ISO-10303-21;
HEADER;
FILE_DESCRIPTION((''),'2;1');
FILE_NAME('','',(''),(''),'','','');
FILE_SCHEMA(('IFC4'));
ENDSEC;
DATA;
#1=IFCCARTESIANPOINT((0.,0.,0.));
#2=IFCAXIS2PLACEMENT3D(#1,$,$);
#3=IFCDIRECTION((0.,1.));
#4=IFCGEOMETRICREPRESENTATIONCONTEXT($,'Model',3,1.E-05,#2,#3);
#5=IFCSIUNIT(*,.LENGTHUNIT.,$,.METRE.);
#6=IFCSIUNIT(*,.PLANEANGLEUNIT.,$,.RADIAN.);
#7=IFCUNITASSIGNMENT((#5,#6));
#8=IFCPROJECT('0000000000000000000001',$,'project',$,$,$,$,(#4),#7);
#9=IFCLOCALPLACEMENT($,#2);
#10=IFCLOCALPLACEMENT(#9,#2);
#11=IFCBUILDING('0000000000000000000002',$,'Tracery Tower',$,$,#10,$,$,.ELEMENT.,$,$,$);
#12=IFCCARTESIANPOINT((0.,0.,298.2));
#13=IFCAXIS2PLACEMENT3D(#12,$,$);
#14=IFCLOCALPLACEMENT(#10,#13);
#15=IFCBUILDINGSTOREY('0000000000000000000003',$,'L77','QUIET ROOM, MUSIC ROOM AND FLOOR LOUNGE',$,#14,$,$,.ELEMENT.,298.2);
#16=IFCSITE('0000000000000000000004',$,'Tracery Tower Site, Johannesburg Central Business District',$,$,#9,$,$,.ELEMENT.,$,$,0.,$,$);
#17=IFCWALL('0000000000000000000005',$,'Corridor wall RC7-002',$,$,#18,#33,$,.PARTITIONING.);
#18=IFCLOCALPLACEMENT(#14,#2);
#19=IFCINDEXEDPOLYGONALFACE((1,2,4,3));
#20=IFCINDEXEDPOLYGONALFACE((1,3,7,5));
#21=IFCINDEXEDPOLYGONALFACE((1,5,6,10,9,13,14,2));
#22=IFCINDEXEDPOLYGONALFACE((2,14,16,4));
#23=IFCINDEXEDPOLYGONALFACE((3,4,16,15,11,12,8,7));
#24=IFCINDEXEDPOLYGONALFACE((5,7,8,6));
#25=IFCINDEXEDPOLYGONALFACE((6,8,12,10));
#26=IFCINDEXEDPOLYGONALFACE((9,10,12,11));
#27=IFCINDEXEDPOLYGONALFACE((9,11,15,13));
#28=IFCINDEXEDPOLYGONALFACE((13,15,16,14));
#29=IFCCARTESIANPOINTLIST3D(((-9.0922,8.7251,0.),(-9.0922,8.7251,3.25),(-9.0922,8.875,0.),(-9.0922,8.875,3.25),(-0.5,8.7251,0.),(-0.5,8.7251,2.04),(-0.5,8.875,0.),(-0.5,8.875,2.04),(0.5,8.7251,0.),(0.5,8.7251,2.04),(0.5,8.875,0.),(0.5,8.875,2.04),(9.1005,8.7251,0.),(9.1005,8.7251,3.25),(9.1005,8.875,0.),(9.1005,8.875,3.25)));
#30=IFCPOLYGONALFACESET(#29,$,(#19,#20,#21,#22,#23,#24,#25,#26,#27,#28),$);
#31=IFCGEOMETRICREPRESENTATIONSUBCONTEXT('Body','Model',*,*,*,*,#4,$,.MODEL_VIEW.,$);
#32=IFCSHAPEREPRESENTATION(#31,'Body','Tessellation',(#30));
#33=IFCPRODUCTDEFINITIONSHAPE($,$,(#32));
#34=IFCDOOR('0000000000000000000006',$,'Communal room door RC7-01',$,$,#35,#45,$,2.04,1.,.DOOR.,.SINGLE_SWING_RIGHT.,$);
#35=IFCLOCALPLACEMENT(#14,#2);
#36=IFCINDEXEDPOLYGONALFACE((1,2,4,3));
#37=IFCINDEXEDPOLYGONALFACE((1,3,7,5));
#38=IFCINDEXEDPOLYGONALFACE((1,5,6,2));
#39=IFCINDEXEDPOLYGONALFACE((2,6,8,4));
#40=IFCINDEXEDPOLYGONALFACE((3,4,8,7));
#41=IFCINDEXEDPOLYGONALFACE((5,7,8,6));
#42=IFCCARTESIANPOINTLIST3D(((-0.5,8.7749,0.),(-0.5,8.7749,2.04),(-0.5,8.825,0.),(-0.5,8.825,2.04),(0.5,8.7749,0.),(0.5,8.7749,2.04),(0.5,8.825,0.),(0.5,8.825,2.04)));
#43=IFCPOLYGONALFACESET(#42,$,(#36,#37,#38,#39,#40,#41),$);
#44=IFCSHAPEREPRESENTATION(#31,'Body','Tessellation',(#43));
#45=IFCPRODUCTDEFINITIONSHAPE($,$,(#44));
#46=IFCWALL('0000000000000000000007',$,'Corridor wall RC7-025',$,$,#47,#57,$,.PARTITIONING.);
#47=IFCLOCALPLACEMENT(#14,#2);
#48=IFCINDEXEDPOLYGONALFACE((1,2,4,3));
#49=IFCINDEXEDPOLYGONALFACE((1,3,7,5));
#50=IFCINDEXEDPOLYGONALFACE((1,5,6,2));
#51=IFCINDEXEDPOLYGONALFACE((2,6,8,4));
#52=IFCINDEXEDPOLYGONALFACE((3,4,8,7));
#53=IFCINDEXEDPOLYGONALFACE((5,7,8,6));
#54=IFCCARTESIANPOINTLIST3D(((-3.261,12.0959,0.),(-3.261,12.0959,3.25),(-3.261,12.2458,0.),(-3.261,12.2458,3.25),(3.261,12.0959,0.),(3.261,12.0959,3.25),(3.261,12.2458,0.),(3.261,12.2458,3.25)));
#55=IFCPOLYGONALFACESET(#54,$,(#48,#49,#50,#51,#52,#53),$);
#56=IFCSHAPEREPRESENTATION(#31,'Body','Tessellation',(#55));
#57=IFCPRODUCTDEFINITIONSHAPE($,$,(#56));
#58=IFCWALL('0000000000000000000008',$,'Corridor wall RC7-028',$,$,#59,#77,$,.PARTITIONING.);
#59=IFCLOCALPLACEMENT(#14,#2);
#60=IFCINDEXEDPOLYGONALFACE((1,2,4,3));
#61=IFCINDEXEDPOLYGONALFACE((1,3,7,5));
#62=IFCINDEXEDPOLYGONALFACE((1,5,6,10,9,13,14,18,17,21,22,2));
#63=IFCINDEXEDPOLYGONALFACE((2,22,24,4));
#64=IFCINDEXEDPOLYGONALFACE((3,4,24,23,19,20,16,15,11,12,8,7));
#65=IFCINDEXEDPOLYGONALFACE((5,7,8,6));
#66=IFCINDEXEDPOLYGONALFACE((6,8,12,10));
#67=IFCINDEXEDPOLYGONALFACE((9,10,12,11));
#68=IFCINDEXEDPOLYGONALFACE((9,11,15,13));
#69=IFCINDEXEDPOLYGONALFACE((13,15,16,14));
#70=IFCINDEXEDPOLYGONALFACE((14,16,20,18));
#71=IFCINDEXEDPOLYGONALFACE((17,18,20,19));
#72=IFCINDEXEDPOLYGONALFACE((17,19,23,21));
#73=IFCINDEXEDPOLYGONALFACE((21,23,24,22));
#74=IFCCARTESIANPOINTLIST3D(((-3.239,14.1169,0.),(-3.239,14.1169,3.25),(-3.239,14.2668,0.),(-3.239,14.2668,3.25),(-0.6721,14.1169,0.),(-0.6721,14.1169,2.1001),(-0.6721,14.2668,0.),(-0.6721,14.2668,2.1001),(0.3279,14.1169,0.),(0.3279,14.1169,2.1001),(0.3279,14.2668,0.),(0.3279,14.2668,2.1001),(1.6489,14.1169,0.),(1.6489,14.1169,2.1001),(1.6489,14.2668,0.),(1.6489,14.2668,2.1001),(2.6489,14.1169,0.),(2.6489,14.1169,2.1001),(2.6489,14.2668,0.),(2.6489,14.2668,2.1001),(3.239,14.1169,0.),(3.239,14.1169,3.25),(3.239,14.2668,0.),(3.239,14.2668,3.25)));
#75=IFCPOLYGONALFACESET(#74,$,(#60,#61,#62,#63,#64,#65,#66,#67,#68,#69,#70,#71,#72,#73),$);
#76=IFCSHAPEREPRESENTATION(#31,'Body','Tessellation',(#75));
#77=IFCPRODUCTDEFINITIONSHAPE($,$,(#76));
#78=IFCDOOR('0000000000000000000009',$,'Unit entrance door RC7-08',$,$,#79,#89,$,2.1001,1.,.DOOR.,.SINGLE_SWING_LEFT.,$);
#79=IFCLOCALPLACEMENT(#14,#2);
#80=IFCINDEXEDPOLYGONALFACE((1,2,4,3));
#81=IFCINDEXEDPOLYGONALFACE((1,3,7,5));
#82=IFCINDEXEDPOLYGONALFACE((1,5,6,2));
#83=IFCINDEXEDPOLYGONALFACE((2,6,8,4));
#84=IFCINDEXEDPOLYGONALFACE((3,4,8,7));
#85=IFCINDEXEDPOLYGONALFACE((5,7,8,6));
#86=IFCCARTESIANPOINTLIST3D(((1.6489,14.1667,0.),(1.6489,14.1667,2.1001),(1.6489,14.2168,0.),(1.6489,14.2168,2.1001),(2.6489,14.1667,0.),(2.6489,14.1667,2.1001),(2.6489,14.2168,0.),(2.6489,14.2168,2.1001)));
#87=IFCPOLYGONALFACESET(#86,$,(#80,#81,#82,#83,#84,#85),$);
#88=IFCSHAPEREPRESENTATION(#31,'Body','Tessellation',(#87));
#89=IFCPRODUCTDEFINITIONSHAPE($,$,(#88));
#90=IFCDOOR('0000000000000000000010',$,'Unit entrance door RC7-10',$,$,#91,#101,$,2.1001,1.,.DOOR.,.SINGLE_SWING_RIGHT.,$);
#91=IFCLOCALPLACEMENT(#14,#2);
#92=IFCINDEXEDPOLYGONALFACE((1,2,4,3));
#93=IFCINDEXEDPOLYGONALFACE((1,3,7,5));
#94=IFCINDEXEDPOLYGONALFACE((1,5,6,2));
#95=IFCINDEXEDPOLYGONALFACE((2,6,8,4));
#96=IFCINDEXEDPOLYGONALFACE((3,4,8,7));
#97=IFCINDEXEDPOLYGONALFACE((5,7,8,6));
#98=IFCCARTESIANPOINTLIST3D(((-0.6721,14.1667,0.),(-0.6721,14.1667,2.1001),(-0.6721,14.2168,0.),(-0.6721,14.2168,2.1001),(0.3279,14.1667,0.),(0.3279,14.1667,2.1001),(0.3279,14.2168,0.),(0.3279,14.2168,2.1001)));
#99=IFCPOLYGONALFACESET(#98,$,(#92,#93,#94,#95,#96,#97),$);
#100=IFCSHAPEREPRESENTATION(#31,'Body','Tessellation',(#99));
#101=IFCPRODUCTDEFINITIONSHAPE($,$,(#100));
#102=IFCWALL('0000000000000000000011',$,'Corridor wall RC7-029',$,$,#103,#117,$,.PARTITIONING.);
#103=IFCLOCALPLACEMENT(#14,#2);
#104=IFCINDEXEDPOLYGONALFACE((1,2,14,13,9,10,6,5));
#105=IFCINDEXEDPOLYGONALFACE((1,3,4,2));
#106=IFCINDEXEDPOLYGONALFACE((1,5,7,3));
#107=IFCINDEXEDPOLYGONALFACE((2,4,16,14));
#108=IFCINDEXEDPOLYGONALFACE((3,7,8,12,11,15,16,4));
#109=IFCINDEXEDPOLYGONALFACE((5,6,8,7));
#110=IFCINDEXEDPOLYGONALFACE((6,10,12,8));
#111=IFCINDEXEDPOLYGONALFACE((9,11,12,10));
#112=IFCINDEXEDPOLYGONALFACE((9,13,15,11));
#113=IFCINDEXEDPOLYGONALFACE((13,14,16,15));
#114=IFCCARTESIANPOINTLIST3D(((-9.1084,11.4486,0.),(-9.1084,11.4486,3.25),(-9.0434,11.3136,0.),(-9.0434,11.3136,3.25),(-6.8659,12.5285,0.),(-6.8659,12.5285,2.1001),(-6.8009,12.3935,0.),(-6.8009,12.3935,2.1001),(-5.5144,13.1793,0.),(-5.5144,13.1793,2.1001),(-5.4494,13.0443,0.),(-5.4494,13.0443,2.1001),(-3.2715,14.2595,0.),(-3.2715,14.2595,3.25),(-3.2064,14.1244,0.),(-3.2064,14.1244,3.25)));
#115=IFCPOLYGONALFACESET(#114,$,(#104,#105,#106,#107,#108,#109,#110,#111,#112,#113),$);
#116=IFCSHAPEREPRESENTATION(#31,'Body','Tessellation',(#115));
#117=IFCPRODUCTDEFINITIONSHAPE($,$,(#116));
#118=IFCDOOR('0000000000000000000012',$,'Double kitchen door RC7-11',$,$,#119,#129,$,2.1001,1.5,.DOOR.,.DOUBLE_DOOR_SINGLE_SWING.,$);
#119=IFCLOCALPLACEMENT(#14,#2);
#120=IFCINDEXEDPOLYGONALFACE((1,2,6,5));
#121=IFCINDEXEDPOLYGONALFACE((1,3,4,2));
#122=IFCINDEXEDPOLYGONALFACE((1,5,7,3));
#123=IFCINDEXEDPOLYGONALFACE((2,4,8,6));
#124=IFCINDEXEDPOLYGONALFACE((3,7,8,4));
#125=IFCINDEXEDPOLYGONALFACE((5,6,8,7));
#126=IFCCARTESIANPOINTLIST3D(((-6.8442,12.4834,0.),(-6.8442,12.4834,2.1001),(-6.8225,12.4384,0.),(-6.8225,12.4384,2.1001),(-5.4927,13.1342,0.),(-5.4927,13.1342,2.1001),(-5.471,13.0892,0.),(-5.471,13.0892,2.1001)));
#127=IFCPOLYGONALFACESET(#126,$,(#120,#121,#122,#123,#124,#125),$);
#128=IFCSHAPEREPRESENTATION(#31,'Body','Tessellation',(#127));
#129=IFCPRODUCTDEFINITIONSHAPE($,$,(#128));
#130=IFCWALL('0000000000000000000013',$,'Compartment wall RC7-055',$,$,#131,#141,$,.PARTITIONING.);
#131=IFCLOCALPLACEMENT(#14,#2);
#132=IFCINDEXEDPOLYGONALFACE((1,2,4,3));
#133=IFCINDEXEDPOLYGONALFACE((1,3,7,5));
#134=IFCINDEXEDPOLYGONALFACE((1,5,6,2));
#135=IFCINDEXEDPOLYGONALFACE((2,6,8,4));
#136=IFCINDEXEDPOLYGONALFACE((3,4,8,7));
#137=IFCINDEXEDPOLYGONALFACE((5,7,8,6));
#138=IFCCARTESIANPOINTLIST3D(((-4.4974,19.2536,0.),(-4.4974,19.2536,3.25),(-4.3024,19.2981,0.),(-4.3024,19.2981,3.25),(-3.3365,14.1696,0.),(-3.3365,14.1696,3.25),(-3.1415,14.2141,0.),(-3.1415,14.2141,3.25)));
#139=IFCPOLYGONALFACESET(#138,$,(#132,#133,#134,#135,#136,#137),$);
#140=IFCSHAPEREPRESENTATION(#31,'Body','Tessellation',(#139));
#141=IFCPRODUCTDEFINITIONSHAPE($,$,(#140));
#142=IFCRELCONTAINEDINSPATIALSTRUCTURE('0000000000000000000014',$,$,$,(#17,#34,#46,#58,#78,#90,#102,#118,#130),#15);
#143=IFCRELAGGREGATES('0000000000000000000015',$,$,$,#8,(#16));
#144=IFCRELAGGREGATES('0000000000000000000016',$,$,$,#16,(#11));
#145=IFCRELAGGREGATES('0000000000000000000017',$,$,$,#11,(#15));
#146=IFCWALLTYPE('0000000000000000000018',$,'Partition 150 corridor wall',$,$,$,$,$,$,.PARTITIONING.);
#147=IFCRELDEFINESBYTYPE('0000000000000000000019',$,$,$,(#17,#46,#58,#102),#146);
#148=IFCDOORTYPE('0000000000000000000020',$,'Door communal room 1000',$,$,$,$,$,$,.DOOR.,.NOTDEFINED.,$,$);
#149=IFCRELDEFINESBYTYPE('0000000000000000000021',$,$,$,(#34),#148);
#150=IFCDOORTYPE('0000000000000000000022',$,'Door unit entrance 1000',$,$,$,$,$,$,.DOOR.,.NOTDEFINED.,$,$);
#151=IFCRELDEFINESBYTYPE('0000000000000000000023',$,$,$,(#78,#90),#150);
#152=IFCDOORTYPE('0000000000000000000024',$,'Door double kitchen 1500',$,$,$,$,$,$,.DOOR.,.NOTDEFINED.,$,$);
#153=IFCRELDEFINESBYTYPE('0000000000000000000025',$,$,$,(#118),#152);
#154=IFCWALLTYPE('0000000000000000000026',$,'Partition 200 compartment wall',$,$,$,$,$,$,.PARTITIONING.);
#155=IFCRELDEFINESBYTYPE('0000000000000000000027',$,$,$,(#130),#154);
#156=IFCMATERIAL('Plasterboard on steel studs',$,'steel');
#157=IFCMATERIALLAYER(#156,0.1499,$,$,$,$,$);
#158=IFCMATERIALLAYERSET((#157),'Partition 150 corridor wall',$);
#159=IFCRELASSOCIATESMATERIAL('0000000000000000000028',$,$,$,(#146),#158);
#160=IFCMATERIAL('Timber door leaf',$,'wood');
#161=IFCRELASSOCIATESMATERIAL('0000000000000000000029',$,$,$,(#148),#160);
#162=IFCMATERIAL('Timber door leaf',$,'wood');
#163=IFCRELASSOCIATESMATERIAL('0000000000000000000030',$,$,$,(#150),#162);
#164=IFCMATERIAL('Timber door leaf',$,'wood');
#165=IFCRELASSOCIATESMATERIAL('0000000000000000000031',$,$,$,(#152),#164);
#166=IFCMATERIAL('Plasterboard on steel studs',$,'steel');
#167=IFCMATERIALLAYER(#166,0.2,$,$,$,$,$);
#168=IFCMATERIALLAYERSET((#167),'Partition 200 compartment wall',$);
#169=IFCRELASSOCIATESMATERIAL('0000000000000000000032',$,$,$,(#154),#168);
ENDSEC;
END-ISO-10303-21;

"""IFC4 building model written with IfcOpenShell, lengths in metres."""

from ifc_helpers import new_model, si_unit, direction, frame, frame_2d, origin, place, context, subcontext, project, spatial, rectangle, extrude, material, layer, layer_set, type_object, element, fill, save


model = new_model("IFC4")

# Units and contexts
model_context = context("Model", 3, precision=1e-05, world=origin(), true_north=direction((0.0, 1.0)))
body_context = subcontext(model_context, "Body", "Model", "MODEL_VIEW")
ifc_project = project(units=[si_unit("LENGTHUNIT", "METRE"), si_unit("PLANEANGLEUNIT", "RADIAN")], contexts=[model_context])

# Site, building, storey
site_placement = place(None, origin())
site = spatial("IfcSite", under=ifc_project, at=site_placement, Name="Tracery Tower Site, Johannesburg Central Business District", CompositionType="ELEMENT", RefElevation=0.0)
building_placement = place(site_placement, origin())
building = spatial("IfcBuilding", under=site, at=building_placement, Name="Tracery Tower", CompositionType="ELEMENT")
storey_placement = place(building_placement, frame((0.0, 0.0, 298.2)))
storey = spatial("IfcBuildingStorey", under=building, at=storey_placement, Name="L77", Description="QUIET ROOM, MUSIC ROOM AND FLOOR LOUNGE", CompositionType="ELEMENT", Elevation=298.2)

# Wall, opening, door
ifc_material_1 = material(Name="Plasterboard on steel studs", Category="steel")
ifc_layer_1 = layer(ifc_material_1, 0.1499)
ifc_layer_set_1 = layer_set([ifc_layer_1], Name="Partition 150 corridor wall")
wall_type_1 = type_object("IfcWallType", Name="Partition 150 corridor wall", PredefinedType="PARTITIONING", material=ifc_layer_set_1)
wall_1_placement = place(storey_placement, frame((-9.092, 8.8, 0.0), z_axis=(0.0, 0.0, 1.0), x_axis=(1.0, 0.0, 0.0)))
wall_1 = element("IfcWall", 1, at=wall_1_placement, inside=storey, type_object=wall_type_1, Name="Corridor wall RC7-002", PredefinedType="PARTITIONING", context=body_context, shape_type="SweptSolid", body=[
    extrude(rectangle(XDim=18.1926, YDim=0.1499, at=frame_2d((9.0962, 0.0))), origin(), (0.0, 0.0, 1.0), 3.25),
])
opening_1_placement = place(wall_1_placement, frame((8.592, 0.0, 0.0)))
opening_1 = element("IfcOpeningElement", 2, at=opening_1_placement, cuts=wall_1, PredefinedType="OPENING", context=body_context, shape_type="SweptSolid", body=[
    extrude(rectangle(XDim=1.0, YDim=2.04, at=frame_2d((0.5, 1.02))), frame((0.0, 0.075, 0.0), z_axis=(0.0, -1.0, 0.0), x_axis=(1.0, 0.0, 0.0)), (0.0, 0.0, 1.0), 0.1499),
])
ifc_material_2 = material(Name="Timber door leaf", Category="wood")
door_type_1 = type_object("IfcDoorType", Name="Door communal room 1000", OperationType="NOTDEFINED", PredefinedType="DOOR", material=ifc_material_2)
door_1_placement = place(opening_1_placement, origin())
door_1 = element("IfcDoor", 3, at=door_1_placement, inside=storey, type_object=door_type_1, Name="Communal room door RC7-01", OperationType="SINGLE_SWING_RIGHT", OverallHeight=2.04, OverallWidth=1.0, PredefinedType="DOOR", context=body_context, shape_type="SweptSolid", body=[
    extrude(rectangle(XDim=1.0, YDim=2.04, at=frame_2d((0.5, 1.02))), frame((0.0, 0.0249, 0.0), z_axis=(0.0, -1.0, 0.0), x_axis=(1.0, 0.0, 0.0)), (0.0, 0.0, 1.0), 0.05),
])
fill(opening_1, door_1)

# Wall
wall_2_placement = place(storey_placement, frame((-3.261, 12.1709, 0.0), z_axis=(0.0, 0.0, 1.0), x_axis=(1.0, 0.0, 0.0)))
element("IfcWall", 4, at=wall_2_placement, inside=storey, type_object=wall_type_1, Name="Corridor wall RC7-025", PredefinedType="PARTITIONING", context=body_context, shape_type="SweptSolid", body=[
    extrude(rectangle(XDim=6.522, YDim=0.1499, at=frame_2d((3.261, 0.0))), origin(), (0.0, 0.0, 1.0), 3.25),
])

# Wall, openings, doors
wall_3_placement = place(storey_placement, frame((-3.239, 14.1919, 0.0), z_axis=(0.0, 0.0, 1.0), x_axis=(1.0, 0.0, 0.0)))
wall_3 = element("IfcWall", 5, at=wall_3_placement, inside=storey, type_object=wall_type_1, Name="Corridor wall RC7-028", PredefinedType="PARTITIONING", context=body_context, shape_type="SweptSolid", body=[
    extrude(rectangle(XDim=6.478, YDim=0.1499, at=frame_2d((3.239, 0.0))), origin(), (0.0, 0.0, 1.0), 3.25),
])
opening_2_placement = place(wall_3_placement, frame((4.8879, 0.0, 0.0)))
opening_2 = element("IfcOpeningElement", 6, at=opening_2_placement, cuts=wall_3, PredefinedType="OPENING", context=body_context, shape_type="SweptSolid", body=[
    extrude(rectangle(XDim=1.0, YDim=2.1001, at=frame_2d((0.5, 1.05))), frame((0.0, 0.075, 0.0), z_axis=(0.0, -1.0, 0.0), x_axis=(1.0, 0.0, 0.0)), (0.0, 0.0, 1.0), 0.1499),
])
opening_3_placement = place(wall_3_placement, frame((2.5669, 0.0, 0.0)))
opening_3 = element("IfcOpeningElement", 7, at=opening_3_placement, cuts=wall_3, PredefinedType="OPENING", context=body_context, shape_type="SweptSolid", body=[
    extrude(rectangle(XDim=1.0, YDim=2.1001, at=frame_2d((0.5, 1.05))), frame((0.0, 0.075, 0.0), z_axis=(0.0, -1.0, 0.0), x_axis=(1.0, 0.0, 0.0)), (0.0, 0.0, 1.0), 0.1499),
])
ifc_material_3 = material(Name="Timber door leaf", Category="wood")
door_type_2 = type_object("IfcDoorType", Name="Door unit entrance 1000", OperationType="NOTDEFINED", PredefinedType="DOOR", material=ifc_material_3)
door_2_placement = place(opening_2_placement, origin())
door_2 = element("IfcDoor", 8, at=door_2_placement, inside=storey, type_object=door_type_2, Name="Unit entrance door RC7-08", OperationType="SINGLE_SWING_LEFT", OverallHeight=2.1001, OverallWidth=1.0, PredefinedType="DOOR", context=body_context, shape_type="SweptSolid", body=[
    extrude(rectangle(XDim=1.0, YDim=2.1001, at=frame_2d((0.5, 1.05))), frame((0.0, 0.0249, 0.0), z_axis=(0.0, -1.0, 0.0), x_axis=(1.0, 0.0, 0.0)), (0.0, 0.0, 1.0), 0.05),
])
fill(opening_2, door_2)
door_3_placement = place(opening_3_placement, origin())
door_3 = element("IfcDoor", 9, at=door_3_placement, inside=storey, type_object=door_type_2, Name="Unit entrance door RC7-10", OperationType="SINGLE_SWING_RIGHT", OverallHeight=2.1001, OverallWidth=1.0, PredefinedType="DOOR", context=body_context, shape_type="SweptSolid", body=[
    extrude(rectangle(XDim=1.0, YDim=2.1001, at=frame_2d((0.5, 1.05))), frame((0.0, 0.0249, 0.0), z_axis=(0.0, -1.0, 0.0), x_axis=(1.0, 0.0, 0.0)), (0.0, 0.0, 1.0), 0.05),
])
fill(opening_3, door_3)

# Wall, opening, door
wall_4_placement = place(storey_placement, frame((-9.0759, 11.3811, 0.0), z_axis=(0.0, 0.0, 1.0), x_axis=(0.900976, 0.433869, 0.0)))
wall_4 = element("IfcWall", 10, at=wall_4_placement, inside=storey, type_object=wall_type_1, Name="Corridor wall RC7-029", PredefinedType="PARTITIONING", context=body_context, shape_type="SweptSolid", body=[
    extrude(rectangle(XDim=6.4785, YDim=0.1499, at=frame_2d((3.2393, 0.0))), origin(), (0.0, 0.0, 1.0), 3.25),
])
opening_4_placement = place(wall_4_placement, frame((2.489, 0.0, 0.0)))
opening_4 = element("IfcOpeningElement", 11, at=opening_4_placement, cuts=wall_4, PredefinedType="OPENING", context=body_context, shape_type="SweptSolid", body=[
    extrude(rectangle(XDim=1.5, YDim=2.1001, at=frame_2d((0.75, 1.05))), frame((0.0, 0.075, 0.0), z_axis=(0.0, -1.0, 0.0), x_axis=(1.0, 0.0, 0.0)), (0.0, 0.0, 1.0), 0.1499),
])
ifc_material_4 = material(Name="Timber door leaf", Category="wood")
door_type_3 = type_object("IfcDoorType", Name="Door double kitchen 1500", OperationType="NOTDEFINED", PredefinedType="DOOR", material=ifc_material_4)
door_4_placement = place(opening_4_placement, origin())
door_4 = element("IfcDoor", 12, at=door_4_placement, inside=storey, type_object=door_type_3, Name="Double kitchen door RC7-11", OperationType="DOUBLE_DOOR_SINGLE_SWING", OverallHeight=2.1001, OverallWidth=1.5, PredefinedType="DOOR", context=body_context, shape_type="SweptSolid", body=[
    extrude(rectangle(XDim=1.5, YDim=2.1001, at=frame_2d((0.75, 1.05))), frame((0.0, 0.0249, 0.0), z_axis=(0.0, -1.0, 0.0), x_axis=(1.0, 0.0, 0.0)), (0.0, 0.0, 1.0), 0.05),
])
fill(opening_4, door_4)

# Wall
ifc_material_5 = material(Name="Plasterboard on steel studs", Category="steel")
ifc_layer_2 = layer(ifc_material_5, 0.2)
ifc_layer_set_2 = layer_set([ifc_layer_2], Name="Partition 200 compartment wall")
wall_type_2 = type_object("IfcWallType", Name="Partition 200 compartment wall", PredefinedType="PARTITIONING", material=ifc_layer_set_2)
wall_5_placement = place(storey_placement, frame((-4.3999, 19.2759, 0.0), z_axis=(0.0, 0.0, 1.0), x_axis=(0.222613, -0.974907, 0.0)))
element("IfcWall", 13, at=wall_5_placement, inside=storey, type_object=wall_type_2, Name="Compartment wall RC7-055", PredefinedType="PARTITIONING", context=body_context, shape_type="SweptSolid", body=[
    extrude(rectangle(XDim=5.2148, YDim=0.2, at=frame_2d((2.6074, 0.0))), origin(), (0.0, 0.0, 1.0), 3.25),
])

save(model, "model.ifc")
